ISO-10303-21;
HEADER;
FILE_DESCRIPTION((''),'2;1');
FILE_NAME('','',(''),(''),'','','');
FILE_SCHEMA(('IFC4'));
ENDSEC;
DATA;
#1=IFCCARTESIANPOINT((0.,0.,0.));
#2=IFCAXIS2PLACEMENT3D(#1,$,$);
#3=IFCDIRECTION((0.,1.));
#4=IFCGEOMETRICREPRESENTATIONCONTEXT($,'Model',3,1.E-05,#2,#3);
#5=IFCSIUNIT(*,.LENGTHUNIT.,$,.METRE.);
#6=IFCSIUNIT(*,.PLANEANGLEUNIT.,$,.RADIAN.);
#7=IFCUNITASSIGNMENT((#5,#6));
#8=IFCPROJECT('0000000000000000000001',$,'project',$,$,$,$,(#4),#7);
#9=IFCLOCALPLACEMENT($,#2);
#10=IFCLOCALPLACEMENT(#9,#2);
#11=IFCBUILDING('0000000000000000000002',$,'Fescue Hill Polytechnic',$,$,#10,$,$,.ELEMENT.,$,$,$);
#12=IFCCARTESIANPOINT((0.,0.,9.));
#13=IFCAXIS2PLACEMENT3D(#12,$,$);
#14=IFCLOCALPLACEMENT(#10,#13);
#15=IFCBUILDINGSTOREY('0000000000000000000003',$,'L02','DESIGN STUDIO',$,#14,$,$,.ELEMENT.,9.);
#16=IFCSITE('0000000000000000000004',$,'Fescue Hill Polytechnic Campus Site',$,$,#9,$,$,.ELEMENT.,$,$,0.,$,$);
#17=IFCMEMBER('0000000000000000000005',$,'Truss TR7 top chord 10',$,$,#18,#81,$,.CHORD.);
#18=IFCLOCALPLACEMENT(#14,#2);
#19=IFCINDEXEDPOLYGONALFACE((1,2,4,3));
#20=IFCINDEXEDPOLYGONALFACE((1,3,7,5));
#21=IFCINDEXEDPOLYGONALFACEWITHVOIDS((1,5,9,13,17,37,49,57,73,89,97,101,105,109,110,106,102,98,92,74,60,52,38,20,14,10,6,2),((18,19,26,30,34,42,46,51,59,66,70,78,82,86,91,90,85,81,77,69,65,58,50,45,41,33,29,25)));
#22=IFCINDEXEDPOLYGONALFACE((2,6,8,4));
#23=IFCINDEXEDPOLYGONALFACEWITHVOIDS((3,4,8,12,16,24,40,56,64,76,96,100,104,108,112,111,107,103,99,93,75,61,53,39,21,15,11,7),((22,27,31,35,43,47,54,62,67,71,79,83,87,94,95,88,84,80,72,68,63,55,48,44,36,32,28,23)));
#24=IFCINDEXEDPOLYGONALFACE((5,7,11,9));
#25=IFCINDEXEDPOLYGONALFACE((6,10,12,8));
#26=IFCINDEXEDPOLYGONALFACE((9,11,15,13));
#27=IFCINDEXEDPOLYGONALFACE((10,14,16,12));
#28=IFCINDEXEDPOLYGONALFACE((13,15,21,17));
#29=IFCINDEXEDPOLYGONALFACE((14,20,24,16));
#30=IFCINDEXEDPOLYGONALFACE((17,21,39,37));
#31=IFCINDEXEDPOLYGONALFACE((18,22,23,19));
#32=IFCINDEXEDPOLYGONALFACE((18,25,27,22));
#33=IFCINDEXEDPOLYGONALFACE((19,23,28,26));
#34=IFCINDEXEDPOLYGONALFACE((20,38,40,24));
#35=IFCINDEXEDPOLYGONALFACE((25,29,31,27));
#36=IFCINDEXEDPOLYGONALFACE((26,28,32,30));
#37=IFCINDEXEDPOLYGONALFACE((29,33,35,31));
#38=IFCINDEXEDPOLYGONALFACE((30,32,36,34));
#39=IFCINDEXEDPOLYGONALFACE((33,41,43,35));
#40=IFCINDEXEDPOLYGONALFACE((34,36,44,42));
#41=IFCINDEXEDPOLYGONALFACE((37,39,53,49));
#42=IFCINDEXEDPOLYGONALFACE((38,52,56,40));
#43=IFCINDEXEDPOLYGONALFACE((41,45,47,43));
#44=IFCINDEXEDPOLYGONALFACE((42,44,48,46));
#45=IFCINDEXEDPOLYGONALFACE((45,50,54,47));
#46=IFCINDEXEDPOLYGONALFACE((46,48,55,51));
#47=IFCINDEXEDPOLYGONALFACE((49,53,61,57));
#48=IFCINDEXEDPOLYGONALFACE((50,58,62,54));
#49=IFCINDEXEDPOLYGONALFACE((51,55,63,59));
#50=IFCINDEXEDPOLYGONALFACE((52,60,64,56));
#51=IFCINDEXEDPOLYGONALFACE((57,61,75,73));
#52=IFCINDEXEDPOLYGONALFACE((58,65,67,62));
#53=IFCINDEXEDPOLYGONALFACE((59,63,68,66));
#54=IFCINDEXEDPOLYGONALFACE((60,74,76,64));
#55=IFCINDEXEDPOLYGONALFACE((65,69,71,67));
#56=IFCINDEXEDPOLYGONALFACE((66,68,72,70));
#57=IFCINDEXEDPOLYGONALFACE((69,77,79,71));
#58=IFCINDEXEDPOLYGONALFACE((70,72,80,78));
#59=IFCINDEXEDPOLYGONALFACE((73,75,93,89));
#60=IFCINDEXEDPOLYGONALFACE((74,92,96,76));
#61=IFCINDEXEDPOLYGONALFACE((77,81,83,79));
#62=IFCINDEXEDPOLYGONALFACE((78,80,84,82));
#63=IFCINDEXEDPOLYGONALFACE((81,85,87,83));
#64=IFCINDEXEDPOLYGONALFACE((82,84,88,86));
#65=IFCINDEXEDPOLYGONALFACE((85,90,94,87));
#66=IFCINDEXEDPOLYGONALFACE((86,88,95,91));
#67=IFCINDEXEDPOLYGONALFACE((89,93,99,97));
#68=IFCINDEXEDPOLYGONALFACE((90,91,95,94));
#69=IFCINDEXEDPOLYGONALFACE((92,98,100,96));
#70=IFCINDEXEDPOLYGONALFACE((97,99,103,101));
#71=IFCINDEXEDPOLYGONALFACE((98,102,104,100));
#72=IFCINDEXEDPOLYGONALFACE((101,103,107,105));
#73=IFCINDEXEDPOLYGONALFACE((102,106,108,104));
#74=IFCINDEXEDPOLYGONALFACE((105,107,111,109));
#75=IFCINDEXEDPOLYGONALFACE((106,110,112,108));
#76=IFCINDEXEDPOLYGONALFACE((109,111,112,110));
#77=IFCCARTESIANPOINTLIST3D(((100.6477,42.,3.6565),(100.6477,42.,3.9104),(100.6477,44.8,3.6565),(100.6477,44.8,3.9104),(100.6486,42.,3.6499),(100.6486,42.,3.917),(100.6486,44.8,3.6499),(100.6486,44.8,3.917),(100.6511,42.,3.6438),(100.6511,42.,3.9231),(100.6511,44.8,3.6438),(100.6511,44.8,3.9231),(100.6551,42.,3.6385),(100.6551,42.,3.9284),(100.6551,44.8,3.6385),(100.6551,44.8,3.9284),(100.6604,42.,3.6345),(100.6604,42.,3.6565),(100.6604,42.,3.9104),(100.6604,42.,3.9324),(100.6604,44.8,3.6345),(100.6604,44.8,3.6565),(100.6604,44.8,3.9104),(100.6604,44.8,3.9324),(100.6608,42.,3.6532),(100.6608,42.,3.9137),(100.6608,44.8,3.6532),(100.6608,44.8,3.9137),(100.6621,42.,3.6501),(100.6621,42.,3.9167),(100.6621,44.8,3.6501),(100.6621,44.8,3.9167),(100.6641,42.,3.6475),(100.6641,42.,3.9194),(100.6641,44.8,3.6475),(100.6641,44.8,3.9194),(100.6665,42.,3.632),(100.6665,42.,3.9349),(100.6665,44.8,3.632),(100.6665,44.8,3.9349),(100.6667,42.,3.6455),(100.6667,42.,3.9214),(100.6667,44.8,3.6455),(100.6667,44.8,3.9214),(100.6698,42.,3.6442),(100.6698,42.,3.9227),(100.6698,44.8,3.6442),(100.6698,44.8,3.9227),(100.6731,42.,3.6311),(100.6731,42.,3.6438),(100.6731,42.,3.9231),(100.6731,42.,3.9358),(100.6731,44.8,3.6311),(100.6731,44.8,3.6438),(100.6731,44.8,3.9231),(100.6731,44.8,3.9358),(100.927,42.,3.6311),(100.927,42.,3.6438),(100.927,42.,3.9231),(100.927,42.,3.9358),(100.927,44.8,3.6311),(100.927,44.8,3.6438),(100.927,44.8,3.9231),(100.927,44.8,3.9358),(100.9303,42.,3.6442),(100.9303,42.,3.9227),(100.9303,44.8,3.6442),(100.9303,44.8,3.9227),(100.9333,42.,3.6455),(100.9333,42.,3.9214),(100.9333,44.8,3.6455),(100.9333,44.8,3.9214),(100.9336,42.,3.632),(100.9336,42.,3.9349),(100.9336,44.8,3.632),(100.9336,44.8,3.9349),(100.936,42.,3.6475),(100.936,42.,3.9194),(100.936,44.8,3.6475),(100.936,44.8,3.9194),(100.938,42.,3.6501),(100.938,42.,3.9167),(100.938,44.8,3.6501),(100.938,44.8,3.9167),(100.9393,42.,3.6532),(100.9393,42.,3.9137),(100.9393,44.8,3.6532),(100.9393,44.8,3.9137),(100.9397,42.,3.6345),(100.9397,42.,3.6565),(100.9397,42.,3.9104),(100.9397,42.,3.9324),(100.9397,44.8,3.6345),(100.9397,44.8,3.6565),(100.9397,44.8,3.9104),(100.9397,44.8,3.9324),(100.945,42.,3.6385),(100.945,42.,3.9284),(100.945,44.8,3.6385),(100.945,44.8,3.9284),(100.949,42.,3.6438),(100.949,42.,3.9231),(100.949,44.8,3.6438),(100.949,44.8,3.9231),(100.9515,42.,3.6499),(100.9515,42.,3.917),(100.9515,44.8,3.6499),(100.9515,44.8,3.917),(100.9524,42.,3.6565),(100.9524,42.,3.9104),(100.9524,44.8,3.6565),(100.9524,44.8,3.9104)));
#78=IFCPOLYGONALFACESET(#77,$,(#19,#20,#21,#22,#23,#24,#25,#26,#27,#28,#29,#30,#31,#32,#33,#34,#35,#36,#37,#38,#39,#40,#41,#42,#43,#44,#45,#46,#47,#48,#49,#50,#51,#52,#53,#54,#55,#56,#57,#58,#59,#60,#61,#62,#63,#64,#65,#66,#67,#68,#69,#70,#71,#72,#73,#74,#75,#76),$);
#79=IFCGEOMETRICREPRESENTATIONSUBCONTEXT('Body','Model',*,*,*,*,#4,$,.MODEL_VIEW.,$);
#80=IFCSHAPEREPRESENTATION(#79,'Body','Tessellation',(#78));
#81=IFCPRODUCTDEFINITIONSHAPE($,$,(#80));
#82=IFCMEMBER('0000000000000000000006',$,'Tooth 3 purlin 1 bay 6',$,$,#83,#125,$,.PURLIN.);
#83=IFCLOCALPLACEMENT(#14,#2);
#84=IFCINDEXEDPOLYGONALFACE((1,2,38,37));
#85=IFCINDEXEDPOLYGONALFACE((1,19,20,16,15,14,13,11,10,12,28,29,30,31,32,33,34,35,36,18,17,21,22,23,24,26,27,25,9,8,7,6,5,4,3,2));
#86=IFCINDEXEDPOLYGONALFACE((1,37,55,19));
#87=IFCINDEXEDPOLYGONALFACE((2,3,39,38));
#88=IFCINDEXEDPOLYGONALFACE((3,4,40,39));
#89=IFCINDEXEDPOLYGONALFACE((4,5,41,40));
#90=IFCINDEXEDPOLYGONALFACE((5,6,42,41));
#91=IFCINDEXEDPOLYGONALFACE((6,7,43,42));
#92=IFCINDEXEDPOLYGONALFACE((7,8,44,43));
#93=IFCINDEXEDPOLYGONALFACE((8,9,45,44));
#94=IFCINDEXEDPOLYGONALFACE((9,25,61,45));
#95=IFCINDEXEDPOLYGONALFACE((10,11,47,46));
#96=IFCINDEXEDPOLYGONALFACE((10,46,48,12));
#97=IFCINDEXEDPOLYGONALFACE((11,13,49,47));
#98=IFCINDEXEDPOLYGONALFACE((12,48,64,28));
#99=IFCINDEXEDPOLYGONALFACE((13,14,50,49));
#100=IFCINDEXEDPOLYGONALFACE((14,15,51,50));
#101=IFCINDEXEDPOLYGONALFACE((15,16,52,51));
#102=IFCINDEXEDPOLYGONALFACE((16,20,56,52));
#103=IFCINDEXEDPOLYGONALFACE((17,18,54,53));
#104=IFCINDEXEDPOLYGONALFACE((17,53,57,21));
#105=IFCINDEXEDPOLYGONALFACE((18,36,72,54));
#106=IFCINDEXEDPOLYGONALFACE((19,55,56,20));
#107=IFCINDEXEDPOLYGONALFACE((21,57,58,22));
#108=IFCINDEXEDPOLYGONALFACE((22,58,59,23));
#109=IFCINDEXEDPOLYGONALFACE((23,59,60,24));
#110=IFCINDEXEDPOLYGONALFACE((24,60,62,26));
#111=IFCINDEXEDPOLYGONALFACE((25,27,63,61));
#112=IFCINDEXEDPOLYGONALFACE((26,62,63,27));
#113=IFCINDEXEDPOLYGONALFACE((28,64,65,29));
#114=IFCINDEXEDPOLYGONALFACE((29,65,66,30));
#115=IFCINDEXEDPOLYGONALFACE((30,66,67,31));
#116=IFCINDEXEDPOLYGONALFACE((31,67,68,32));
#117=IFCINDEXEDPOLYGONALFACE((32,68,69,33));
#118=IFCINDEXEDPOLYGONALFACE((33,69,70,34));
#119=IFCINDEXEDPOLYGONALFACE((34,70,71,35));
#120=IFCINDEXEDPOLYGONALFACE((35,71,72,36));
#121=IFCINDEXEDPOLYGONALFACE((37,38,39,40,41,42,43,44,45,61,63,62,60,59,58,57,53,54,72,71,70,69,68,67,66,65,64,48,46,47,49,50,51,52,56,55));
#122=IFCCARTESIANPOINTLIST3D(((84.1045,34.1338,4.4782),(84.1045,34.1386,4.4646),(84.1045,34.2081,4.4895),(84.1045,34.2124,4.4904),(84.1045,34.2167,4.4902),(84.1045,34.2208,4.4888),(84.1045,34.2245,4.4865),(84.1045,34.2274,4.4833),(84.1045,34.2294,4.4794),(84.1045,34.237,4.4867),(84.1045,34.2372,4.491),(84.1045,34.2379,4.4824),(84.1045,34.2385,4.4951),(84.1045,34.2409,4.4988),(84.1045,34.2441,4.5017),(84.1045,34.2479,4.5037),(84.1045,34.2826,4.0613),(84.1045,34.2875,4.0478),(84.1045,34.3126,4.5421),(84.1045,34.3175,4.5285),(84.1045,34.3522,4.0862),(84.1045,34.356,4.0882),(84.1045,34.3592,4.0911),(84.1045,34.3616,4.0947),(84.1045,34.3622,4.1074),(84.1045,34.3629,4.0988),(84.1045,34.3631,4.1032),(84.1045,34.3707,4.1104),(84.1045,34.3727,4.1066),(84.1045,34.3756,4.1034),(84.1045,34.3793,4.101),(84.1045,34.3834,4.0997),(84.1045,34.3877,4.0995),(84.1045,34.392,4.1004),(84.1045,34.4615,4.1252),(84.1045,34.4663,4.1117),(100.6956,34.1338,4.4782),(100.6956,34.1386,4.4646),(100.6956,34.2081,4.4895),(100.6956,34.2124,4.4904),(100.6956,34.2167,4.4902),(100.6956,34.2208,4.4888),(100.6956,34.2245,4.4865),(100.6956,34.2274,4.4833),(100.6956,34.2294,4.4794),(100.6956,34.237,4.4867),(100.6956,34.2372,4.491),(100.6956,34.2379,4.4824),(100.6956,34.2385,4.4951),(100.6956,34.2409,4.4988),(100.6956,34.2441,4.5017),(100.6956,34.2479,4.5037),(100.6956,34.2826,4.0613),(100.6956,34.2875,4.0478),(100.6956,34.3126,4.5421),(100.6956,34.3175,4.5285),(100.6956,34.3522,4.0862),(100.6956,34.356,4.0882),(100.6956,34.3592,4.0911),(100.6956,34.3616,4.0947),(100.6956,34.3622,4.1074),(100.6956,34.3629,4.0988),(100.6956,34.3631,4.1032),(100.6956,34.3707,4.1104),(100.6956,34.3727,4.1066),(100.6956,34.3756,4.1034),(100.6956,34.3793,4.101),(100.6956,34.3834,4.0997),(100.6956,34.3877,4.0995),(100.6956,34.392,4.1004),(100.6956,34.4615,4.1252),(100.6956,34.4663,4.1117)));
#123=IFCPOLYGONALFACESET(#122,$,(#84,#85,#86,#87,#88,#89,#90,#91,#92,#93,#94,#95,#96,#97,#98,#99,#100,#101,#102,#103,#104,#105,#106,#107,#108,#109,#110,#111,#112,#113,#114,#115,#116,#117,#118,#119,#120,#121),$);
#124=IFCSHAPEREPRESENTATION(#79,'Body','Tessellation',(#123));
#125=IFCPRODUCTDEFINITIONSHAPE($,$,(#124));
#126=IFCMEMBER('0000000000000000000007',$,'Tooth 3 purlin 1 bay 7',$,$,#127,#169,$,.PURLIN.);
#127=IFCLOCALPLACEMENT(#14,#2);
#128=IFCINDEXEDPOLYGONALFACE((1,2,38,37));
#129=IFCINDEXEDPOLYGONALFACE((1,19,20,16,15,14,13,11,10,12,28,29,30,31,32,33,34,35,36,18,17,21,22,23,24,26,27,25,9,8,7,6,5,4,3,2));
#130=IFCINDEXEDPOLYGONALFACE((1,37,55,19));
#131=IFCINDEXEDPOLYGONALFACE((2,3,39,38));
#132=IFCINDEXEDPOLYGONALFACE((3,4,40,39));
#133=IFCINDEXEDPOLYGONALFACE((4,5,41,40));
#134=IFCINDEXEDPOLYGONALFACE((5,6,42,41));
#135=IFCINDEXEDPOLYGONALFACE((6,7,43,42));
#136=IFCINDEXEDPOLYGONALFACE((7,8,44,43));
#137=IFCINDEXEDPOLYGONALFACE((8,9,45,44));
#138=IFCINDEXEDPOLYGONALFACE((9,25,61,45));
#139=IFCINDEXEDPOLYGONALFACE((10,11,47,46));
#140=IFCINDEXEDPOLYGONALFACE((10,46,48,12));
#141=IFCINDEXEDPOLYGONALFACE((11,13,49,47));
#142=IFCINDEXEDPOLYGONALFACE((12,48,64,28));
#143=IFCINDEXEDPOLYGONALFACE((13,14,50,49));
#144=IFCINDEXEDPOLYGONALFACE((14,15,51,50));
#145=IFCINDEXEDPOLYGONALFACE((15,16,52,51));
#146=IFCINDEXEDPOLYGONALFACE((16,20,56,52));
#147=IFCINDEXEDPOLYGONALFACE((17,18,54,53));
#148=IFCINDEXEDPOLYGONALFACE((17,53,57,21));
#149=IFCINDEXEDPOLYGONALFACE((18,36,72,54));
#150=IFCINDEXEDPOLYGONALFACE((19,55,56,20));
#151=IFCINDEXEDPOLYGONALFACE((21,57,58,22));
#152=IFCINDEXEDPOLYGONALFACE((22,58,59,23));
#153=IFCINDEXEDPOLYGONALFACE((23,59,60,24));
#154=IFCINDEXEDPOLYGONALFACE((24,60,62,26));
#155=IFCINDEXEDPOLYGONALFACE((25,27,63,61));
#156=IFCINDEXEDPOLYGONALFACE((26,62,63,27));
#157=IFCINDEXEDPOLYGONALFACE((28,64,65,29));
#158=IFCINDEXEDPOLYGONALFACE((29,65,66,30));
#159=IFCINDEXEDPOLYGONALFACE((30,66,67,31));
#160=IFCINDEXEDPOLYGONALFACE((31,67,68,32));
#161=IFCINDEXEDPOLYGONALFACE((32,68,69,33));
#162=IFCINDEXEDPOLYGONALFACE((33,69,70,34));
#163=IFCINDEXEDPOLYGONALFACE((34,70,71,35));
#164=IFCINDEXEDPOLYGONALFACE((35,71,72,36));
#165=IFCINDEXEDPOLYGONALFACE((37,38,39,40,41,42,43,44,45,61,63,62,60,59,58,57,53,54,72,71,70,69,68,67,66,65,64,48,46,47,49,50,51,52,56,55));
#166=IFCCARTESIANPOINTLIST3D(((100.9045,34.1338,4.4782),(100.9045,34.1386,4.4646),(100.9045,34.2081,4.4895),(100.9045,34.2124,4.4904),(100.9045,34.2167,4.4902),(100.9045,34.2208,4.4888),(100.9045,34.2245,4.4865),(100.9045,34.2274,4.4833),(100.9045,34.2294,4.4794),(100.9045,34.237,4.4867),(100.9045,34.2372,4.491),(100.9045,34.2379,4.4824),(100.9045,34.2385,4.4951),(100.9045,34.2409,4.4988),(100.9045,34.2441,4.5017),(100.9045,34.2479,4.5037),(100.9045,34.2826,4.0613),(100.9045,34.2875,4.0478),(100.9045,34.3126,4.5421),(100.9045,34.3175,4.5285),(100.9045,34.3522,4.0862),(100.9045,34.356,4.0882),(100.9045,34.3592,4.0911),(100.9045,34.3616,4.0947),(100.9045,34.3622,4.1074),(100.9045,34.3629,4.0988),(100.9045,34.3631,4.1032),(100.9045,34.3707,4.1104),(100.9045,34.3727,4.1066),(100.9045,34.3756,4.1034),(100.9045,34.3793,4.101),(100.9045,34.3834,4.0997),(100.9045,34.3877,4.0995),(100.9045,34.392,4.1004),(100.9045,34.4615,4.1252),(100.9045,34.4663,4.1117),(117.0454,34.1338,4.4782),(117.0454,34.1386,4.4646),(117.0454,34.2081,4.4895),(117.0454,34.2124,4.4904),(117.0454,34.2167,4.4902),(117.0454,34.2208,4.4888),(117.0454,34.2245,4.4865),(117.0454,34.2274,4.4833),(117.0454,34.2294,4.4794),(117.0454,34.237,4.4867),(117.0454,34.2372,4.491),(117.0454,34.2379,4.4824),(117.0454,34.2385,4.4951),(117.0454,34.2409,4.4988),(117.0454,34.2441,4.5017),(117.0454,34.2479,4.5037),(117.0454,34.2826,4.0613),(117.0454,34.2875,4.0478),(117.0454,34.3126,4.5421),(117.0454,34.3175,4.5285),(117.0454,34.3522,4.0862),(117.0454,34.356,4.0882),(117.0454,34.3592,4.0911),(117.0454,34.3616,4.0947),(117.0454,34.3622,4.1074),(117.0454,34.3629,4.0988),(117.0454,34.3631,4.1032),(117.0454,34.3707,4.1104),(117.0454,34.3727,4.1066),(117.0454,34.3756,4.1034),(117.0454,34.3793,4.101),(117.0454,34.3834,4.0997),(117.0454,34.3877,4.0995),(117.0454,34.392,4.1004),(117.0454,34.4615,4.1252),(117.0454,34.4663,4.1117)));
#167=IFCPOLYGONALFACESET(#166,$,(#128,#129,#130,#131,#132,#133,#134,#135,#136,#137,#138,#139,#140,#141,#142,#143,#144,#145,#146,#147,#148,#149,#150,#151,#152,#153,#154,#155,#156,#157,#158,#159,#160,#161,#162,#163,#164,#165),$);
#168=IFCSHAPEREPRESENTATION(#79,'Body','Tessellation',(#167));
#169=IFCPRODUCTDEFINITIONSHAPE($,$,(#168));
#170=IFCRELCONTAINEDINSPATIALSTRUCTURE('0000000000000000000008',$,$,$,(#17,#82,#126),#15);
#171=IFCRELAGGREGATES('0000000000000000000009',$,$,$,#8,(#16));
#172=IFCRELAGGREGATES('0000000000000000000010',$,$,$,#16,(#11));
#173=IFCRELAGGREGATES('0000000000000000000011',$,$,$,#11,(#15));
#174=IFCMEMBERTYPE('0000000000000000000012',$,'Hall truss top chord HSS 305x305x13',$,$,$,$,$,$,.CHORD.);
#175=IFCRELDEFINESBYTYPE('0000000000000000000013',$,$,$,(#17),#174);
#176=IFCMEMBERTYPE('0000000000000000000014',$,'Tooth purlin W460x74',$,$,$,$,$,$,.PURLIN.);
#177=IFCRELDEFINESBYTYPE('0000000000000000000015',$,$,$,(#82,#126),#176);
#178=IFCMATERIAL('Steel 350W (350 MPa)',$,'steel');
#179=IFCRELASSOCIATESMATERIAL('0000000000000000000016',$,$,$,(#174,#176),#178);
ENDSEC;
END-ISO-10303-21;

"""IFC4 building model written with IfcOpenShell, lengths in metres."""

from ifc_helpers import new_model, si_unit, direction, frame, origin, origin_2d, place, context, subcontext, project, spatial, hollow_rectangle, i_section, extrude, material, material_profile, profile_set, type_object, element, save


model = new_model("IFC4")

# Units and contexts
model_context = context("Model", 3, precision=1e-05, world=origin(), true_north=direction((0.0, 1.0)))
body_context = subcontext(model_context, "Body", "Model", "MODEL_VIEW")
ifc_project = project(units=[si_unit("LENGTHUNIT", "METRE"), si_unit("PLANEANGLEUNIT", "RADIAN")], contexts=[model_context])

# Site, building, storey
site_placement = place(None, origin())
site = spatial("IfcSite", under=ifc_project, at=site_placement, Name="Fescue Hill Polytechnic Campus Site", CompositionType="ELEMENT", RefElevation=0.0)
building_placement = place(site_placement, origin())
building = spatial("IfcBuilding", under=site, at=building_placement, Name="Fescue Hill Polytechnic", CompositionType="ELEMENT")
storey_placement = place(building_placement, frame((0.0, 0.0, 9.0)))
storey = spatial("IfcBuildingStorey", under=building, at=storey_placement, Name="L02", Description="DESIGN STUDIO", CompositionType="ELEMENT", Elevation=9.0)

# Members
ifc_material = material(Name="Steel 350W (350 MPa)", Category="steel")
ifc_material_profile_1 = material_profile(ifc_material, hollow_rectangle(XDim=0.3047, YDim=0.3047, WallThickness=0.0127, InnerFilletRadius=0.0127, OuterFilletRadius=0.0254, at=origin_2d()), Name="Hall truss top chord HSS 305x305x13")
ifc_profile_set_1 = profile_set([ifc_material_profile_1], Name="Steel 350W (350 MPa)")
member_type_1 = type_object("IfcMemberType", Name="Hall truss top chord HSS 305x305x13", PredefinedType="CHORD", material=ifc_profile_set_1)
for number, where, z_axis, x_axis, name in (
    (1, (100.8, 42.0, 3.7834), (0.0, 1.0, 0.0), (-1.0, 0.0, 0.0), "Truss TR7 top chord 10"),
):
    element("IfcMember", number, at=place(storey_placement, frame(where, z_axis=z_axis, x_axis=x_axis)), inside=storey, type_object=member_type_1, Name=name, PredefinedType="CHORD", context=body_context, shape_type="SweptSolid", body=[
        extrude(hollow_rectangle(XDim=0.3047, YDim=0.3047, WallThickness=0.0127, InnerFilletRadius=0.0127, OuterFilletRadius=0.0254, at=origin_2d()), origin(), (0.0, 0.0, 1.0), 2.8),
    ])
ifc_material_profile_2 = material_profile(ifc_material, i_section(OverallWidth=0.1899, OverallDepth=0.457, WebThickness=0.009, FlangeThickness=0.0144, FilletRadius=0.0166, at=origin_2d()), Name="W460x74")
ifc_profile_set_2 = profile_set([ifc_material_profile_2], Name="Steel 350W (350 MPa)")
member_type_2 = type_object("IfcMemberType", Name="Tooth purlin W460x74", PredefinedType="PURLIN", material=ifc_profile_set_2)
member_1_placement = place(storey_placement, frame((84.1045, 34.3, 4.2949), z_axis=(1.0, 0.0, 0.0), x_axis=(0.0, 0.941742, 0.336336)))
element("IfcMember", 2, at=member_1_placement, inside=storey, type_object=member_type_2, Name="Tooth 3 purlin 1 bay 6", PredefinedType="PURLIN", context=body_context, shape_type="SweptSolid", body=[
    extrude(i_section(OverallWidth=0.1899, OverallDepth=0.457, WebThickness=0.009, FlangeThickness=0.0144, FilletRadius=0.0166, at=origin_2d()), origin(), (0.0, 0.0, 1.0), 16.5911),
])
member_2_placement = place(storey_placement, frame((100.9045, 34.3, 4.2949), z_axis=(1.0, 0.0, 0.0), x_axis=(0.0, 0.941742, 0.336336)))
element("IfcMember", 3, at=member_2_placement, inside=storey, type_object=member_type_2, Name="Tooth 3 purlin 1 bay 7", PredefinedType="PURLIN", context=body_context, shape_type="SweptSolid", body=[
    extrude(i_section(OverallWidth=0.1899, OverallDepth=0.457, WebThickness=0.009, FlangeThickness=0.0144, FilletRadius=0.0166, at=origin_2d()), origin(), (0.0, 0.0, 1.0), 16.1409),
])

save(model, "model.ifc")
